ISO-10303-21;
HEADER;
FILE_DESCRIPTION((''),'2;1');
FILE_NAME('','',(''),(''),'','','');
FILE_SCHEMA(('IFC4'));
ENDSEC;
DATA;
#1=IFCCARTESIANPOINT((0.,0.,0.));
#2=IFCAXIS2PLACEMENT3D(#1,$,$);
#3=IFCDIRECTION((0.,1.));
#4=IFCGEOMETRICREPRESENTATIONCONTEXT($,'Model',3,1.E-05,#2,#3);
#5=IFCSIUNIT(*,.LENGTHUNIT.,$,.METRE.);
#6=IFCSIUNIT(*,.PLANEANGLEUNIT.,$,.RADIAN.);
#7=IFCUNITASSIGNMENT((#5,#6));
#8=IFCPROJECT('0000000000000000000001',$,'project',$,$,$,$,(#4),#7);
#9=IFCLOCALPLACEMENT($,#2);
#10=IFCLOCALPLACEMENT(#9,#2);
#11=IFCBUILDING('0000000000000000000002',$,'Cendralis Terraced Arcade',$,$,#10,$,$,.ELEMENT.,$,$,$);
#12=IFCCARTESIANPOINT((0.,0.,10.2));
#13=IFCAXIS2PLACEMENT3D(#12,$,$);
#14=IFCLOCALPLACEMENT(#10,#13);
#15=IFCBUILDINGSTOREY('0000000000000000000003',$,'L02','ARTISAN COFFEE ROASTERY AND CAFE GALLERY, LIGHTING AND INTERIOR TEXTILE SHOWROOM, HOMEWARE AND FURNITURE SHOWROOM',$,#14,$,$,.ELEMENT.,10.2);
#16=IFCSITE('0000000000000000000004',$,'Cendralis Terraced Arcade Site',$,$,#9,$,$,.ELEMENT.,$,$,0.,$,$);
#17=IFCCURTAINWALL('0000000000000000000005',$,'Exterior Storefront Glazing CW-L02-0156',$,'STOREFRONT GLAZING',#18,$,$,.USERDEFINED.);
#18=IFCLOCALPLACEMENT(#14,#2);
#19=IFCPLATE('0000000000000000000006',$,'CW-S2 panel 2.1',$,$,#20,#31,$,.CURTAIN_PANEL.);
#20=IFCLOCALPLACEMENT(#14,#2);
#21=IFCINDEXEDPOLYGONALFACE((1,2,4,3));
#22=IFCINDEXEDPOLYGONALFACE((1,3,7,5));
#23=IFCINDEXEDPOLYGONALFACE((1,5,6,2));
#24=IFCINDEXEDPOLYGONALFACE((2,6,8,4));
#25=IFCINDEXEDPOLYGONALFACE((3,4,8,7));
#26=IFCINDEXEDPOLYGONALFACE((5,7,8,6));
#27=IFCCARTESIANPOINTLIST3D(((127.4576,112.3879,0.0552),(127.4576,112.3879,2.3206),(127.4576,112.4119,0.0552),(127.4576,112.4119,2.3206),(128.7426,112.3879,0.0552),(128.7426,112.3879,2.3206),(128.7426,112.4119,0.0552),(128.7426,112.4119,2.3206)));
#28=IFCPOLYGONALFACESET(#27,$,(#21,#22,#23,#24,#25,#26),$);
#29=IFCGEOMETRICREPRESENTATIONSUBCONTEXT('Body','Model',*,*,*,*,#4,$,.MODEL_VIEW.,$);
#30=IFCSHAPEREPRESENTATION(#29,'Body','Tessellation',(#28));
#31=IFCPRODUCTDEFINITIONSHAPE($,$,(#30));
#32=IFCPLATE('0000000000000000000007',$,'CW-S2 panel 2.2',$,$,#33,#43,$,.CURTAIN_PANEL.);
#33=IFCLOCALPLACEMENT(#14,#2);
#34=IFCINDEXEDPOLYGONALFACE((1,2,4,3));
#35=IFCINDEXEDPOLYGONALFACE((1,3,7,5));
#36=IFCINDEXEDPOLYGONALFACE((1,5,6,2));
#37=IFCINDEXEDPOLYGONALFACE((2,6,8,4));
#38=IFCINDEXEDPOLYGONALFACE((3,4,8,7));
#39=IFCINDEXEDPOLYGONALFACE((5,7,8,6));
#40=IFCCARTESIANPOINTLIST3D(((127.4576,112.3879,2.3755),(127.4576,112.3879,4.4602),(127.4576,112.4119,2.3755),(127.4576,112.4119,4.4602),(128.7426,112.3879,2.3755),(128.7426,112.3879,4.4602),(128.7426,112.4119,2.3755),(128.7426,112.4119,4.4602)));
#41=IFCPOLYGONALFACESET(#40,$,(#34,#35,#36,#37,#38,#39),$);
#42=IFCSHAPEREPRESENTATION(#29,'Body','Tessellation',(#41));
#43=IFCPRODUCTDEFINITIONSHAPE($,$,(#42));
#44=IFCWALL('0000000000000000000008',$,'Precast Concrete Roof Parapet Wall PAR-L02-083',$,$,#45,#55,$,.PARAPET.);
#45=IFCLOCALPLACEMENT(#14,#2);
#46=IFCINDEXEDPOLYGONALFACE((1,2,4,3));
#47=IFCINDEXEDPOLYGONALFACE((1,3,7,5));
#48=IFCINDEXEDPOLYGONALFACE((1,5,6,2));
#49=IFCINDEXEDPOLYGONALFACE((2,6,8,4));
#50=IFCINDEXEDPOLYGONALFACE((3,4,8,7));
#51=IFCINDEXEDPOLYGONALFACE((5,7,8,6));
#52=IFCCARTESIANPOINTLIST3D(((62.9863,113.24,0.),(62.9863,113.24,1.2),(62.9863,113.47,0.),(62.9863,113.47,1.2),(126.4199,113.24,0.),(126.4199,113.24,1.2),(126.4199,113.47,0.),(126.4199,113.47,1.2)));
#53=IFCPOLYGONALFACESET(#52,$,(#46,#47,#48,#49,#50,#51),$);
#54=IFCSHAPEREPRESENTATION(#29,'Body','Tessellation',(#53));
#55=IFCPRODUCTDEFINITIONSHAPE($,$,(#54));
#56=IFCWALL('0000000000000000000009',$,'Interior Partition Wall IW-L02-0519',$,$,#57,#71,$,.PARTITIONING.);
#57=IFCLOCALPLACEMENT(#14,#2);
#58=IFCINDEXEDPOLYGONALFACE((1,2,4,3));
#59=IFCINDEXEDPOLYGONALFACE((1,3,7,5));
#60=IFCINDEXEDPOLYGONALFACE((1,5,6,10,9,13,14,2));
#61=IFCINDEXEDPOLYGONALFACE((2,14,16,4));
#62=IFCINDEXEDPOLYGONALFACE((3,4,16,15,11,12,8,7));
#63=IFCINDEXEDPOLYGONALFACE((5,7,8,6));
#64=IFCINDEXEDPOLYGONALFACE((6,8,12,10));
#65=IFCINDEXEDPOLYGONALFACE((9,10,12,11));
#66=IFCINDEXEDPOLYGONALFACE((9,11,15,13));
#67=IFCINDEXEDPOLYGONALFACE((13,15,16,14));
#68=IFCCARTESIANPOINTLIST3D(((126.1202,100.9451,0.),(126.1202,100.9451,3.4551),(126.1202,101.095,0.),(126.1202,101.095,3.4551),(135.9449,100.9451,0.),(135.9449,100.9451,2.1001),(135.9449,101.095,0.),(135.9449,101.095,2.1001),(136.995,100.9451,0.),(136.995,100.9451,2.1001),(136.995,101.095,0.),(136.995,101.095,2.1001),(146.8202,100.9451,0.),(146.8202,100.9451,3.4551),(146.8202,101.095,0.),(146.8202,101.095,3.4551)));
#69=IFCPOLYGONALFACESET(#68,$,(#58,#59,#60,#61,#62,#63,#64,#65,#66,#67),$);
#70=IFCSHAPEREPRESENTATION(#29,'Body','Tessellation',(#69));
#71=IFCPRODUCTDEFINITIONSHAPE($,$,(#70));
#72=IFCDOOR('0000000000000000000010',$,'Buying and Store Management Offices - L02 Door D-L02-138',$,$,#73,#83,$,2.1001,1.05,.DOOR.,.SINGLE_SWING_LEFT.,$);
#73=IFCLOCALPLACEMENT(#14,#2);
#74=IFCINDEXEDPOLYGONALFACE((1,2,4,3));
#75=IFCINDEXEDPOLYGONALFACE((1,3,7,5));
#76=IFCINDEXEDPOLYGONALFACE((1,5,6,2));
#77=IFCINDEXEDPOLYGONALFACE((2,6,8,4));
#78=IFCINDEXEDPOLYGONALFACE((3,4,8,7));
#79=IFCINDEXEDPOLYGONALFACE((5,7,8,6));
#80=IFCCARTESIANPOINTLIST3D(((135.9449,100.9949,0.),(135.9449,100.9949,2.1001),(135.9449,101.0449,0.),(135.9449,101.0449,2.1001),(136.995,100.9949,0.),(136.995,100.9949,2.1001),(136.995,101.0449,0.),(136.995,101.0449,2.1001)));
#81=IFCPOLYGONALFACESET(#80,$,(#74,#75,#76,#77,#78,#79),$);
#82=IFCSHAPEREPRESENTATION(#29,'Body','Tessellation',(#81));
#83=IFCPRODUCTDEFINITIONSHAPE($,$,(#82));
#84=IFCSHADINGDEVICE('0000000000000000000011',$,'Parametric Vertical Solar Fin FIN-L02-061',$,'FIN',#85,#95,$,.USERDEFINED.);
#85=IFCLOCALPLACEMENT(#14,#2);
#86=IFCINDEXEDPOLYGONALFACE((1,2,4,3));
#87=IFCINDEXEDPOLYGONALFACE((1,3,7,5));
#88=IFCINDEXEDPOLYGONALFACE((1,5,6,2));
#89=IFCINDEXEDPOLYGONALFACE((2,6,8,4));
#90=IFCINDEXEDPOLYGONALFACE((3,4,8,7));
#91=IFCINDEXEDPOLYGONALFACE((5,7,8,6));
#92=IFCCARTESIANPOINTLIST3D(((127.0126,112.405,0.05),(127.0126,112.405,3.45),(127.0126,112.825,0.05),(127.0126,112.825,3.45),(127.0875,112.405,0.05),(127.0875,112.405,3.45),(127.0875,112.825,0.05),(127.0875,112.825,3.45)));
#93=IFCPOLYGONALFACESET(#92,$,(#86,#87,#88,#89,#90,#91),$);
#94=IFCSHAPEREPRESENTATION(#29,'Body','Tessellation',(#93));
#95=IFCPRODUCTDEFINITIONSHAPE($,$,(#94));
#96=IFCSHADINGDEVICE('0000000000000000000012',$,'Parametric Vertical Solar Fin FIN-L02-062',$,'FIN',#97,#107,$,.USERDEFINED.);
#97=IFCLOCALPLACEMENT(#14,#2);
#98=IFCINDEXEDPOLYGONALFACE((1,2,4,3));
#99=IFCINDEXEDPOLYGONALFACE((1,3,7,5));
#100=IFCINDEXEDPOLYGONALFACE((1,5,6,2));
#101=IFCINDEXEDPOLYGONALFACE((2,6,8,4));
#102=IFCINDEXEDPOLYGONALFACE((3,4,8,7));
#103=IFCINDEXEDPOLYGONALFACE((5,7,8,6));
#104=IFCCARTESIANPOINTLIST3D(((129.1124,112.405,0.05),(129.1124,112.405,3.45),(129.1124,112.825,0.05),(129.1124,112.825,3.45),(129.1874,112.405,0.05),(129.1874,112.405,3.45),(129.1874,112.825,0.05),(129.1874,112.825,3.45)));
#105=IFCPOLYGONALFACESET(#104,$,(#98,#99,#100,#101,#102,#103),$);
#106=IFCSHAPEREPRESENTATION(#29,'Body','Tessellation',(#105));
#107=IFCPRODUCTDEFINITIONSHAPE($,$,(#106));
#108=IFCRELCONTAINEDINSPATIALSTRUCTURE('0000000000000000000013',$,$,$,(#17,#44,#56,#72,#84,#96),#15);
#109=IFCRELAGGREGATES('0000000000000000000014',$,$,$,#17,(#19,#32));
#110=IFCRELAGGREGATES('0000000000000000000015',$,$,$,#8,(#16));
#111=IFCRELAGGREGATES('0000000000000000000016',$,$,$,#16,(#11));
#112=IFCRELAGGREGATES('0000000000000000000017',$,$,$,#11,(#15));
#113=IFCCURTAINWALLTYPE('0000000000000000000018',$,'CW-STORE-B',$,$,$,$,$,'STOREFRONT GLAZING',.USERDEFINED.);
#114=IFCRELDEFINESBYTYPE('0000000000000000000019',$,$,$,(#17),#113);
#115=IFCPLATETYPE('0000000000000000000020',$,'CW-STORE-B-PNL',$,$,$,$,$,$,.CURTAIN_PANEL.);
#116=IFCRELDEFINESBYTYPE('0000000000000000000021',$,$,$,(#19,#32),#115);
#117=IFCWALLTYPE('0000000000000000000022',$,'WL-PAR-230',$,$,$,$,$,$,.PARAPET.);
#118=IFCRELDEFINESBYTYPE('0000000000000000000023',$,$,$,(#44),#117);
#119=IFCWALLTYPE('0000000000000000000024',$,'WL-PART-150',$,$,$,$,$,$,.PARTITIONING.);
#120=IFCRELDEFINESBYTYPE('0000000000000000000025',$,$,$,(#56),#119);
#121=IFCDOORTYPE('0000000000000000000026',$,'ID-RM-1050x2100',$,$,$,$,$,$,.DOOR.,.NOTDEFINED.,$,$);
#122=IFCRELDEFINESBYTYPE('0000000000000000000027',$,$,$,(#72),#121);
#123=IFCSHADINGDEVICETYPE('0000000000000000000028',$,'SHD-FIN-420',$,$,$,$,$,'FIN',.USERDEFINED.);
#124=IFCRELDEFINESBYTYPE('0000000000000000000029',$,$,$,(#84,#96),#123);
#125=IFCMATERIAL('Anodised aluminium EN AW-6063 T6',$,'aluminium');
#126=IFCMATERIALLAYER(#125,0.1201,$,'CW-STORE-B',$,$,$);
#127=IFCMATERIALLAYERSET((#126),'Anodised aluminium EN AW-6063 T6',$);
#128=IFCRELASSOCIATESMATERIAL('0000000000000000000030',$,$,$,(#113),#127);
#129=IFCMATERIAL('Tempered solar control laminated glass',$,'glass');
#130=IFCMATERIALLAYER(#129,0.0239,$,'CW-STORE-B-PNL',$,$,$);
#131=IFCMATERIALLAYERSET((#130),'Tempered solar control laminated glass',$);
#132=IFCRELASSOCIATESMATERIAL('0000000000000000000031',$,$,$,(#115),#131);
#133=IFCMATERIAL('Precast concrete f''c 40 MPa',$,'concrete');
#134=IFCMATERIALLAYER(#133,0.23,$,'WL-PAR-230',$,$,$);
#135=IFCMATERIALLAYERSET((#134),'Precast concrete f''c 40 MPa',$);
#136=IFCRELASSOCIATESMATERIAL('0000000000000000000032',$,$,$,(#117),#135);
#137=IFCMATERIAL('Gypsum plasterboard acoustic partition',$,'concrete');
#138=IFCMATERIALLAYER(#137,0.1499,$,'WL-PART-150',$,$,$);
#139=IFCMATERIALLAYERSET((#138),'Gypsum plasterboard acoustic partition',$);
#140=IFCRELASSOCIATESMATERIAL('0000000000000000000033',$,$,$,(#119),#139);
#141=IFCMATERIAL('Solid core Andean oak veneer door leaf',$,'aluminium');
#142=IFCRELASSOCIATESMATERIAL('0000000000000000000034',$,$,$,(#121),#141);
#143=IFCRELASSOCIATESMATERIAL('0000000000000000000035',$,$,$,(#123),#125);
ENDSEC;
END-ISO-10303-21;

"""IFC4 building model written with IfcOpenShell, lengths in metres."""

from ifc_helpers import new_model, si_unit, direction, frame, frame_2d, origin, origin_2d, place, context, subcontext, project, spatial, rectangle, extrude, material, layer, layer_set, type_object, element, fill, aggregate, save


model = new_model("IFC4")

# Units and contexts
model_context = context("Model", 3, precision=1e-05, world=origin(), true_north=direction((0.0, 1.0)))
body_context = subcontext(model_context, "Body", "Model", "MODEL_VIEW")
ifc_project = project(units=[si_unit("LENGTHUNIT", "METRE"), si_unit("PLANEANGLEUNIT", "RADIAN")], contexts=[model_context])

# Site, building, storey
site_placement = place(None, origin())
site = spatial("IfcSite", under=ifc_project, at=site_placement, Name="Cendralis Terraced Arcade Site", CompositionType="ELEMENT", RefElevation=0.0)
building_placement = place(site_placement, origin())
building = spatial("IfcBuilding", under=site, at=building_placement, Name="Cendralis Terraced Arcade", CompositionType="ELEMENT")
storey_placement = place(building_placement, frame((0.0, 0.0, 10.2)))
storey = spatial("IfcBuildingStorey", under=building, at=storey_placement, Name="L02", Description="ARTISAN COFFEE ROASTERY AND CAFE GALLERY, LIGHTING AND INTERIOR TEXTILE SHOWROOM, HOMEWARE AND FURNITURE SHOWROOM", CompositionType="ELEMENT", Elevation=10.2)

# Curtain wall, plates
ifc_material_1 = material(Name="Anodised aluminium EN AW-6063 T6", Category="aluminium")
ifc_layer_1 = layer(ifc_material_1, 0.1201, Name="CW-STORE-B")
ifc_layer_set_1 = layer_set([ifc_layer_1], Name="Anodised aluminium EN AW-6063 T6")
curtain_wall_type = type_object("IfcCurtainWallType", Name="CW-STORE-B", ElementType="STOREFRONT GLAZING", PredefinedType="USERDEFINED", material=ifc_layer_set_1)
curtain_wall_placement = place(storey_placement, origin())
curtain_wall = element("IfcCurtainWall", 1, at=curtain_wall_placement, inside=storey, type_object=curtain_wall_type, Name="Exterior Storefront Glazing CW-L02-0156", ObjectType="STOREFRONT GLAZING", PredefinedType="USERDEFINED")
ifc_material_2 = material(Name="Tempered solar control laminated glass", Category="glass")
ifc_layer_2 = layer(ifc_material_2, 0.0239, Name="CW-STORE-B-PNL")
ifc_layer_set_2 = layer_set([ifc_layer_2], Name="Tempered solar control laminated glass")
plate_type = type_object("IfcPlateType", Name="CW-STORE-B-PNL", PredefinedType="CURTAIN_PANEL", material=ifc_layer_set_2)
plate_1_placement = place(storey_placement, frame((128.1001, 112.3999, 0.0552), z_axis=(0.0, 0.0, 1.0), x_axis=(1.0, 0.0, 0.0)))
plate_1 = element("IfcPlate", 2, at=plate_1_placement, type_object=plate_type, Name="CW-S2 panel 2.1", PredefinedType="CURTAIN_PANEL", context=body_context, shape_type="SweptSolid", body=[
    extrude(rectangle(XDim=1.2849, YDim=0.0239, at=origin_2d()), origin(), (0.0, 0.0, 1.0), 2.2654),
])
plate_2_placement = place(storey_placement, frame((128.1001, 112.3999, 2.3755), z_axis=(0.0, 0.0, 1.0), x_axis=(1.0, 0.0, 0.0)))
plate_2 = element("IfcPlate", 3, at=plate_2_placement, type_object=plate_type, Name="CW-S2 panel 2.2", PredefinedType="CURTAIN_PANEL", context=body_context, shape_type="SweptSolid", body=[
    extrude(rectangle(XDim=1.2849, YDim=0.0239, at=origin_2d()), origin(), (0.0, 0.0, 1.0), 2.0847),
])
aggregate(curtain_wall, [plate_1, plate_2])

# Wall
ifc_material_3 = material(Name="Precast concrete f'c 40 MPa", Category="concrete")
ifc_layer_3 = layer(ifc_material_3, 0.23, Name="WL-PAR-230")
ifc_layer_set_3 = layer_set([ifc_layer_3], Name="Precast concrete f'c 40 MPa")
wall_type_1 = type_object("IfcWallType", Name="WL-PAR-230", PredefinedType="PARAPET", material=ifc_layer_set_3)
wall_1_placement = place(storey_placement, frame((126.4199, 113.355, 0.0), z_axis=(0.0, 0.0, 1.0), x_axis=(-1.0, 0.0, 0.0)))
element("IfcWall", 4, at=wall_1_placement, inside=storey, type_object=wall_type_1, Name="Precast Concrete Roof Parapet Wall PAR-L02-083", PredefinedType="PARAPET", context=body_context, shape_type="SweptSolid", body=[
    extrude(rectangle(XDim=63.4336, YDim=0.23, at=frame_2d((31.7168, 0.0))), origin(), (0.0, 0.0, 1.0), 1.2),
])

# Wall, opening, door
ifc_material_4 = material(Name="Gypsum plasterboard acoustic partition", Category="concrete")
ifc_layer_4 = layer(ifc_material_4, 0.1499, Name="WL-PART-150")
ifc_layer_set_4 = layer_set([ifc_layer_4], Name="Gypsum plasterboard acoustic partition")
wall_type_2 = type_object("IfcWallType", Name="WL-PART-150", PredefinedType="PARTITIONING", material=ifc_layer_set_4)
wall_2_placement = place(storey_placement, frame((126.1201, 101.02, 0.0), z_axis=(0.0, 0.0, 1.0), x_axis=(1.0, 0.0, 0.0)))
wall_2 = element("IfcWall", 5, at=wall_2_placement, inside=storey, type_object=wall_type_2, Name="Interior Partition Wall IW-L02-0519", PredefinedType="PARTITIONING", context=body_context, shape_type="SweptSolid", body=[
    extrude(rectangle(XDim=20.7, YDim=0.1499, at=frame_2d((10.3501, 0.0))), origin(), (0.0, 0.0, 1.0), 3.4551),
])
opening_placement = place(wall_2_placement, frame((9.825, 0.0, 0.0)))
opening = element("IfcOpeningElement", 6, at=opening_placement, cuts=wall_2, PredefinedType="OPENING", context=body_context, shape_type="SweptSolid", body=[
    extrude(rectangle(XDim=1.05, YDim=2.1001, at=frame_2d((0.5249, 1.05))), frame((0.0, 0.0869, 0.0), z_axis=(0.0, -1.0, 0.0), x_axis=(1.0, 0.0, 0.0)), (0.0, 0.0, 1.0), 0.1738),
])
ifc_material_5 = material(Name="Solid core Andean oak veneer door leaf", Category="aluminium")
door_type = type_object("IfcDoorType", Name="ID-RM-1050x2100", OperationType="NOTDEFINED", PredefinedType="DOOR", material=ifc_material_5)
door_placement = place(opening_placement, origin())
door = element("IfcDoor", 7, at=door_placement, inside=storey, type_object=door_type, Name="Buying and Store Management Offices - L02 Door D-L02-138", OperationType="SINGLE_SWING_LEFT", OverallHeight=2.1001, OverallWidth=1.05, PredefinedType="DOOR", context=body_context, shape_type="SweptSolid", body=[
    extrude(rectangle(XDim=1.05, YDim=2.1001, at=frame_2d((0.5249, 1.05))), frame((0.0, 0.0249, 0.0), z_axis=(0.0, -1.0, 0.0), x_axis=(1.0, 0.0, 0.0)), (0.0, 0.0, 1.0), 0.05),
])
fill(opening, door)

# Shading devices
shading_device_type = type_object("IfcShadingDeviceType", Name="SHD-FIN-420", ElementType="FIN", PredefinedType="USERDEFINED", material=ifc_material_1)
for number, where, z_axis, x_axis, name in (
    (8, (127.05, 112.615, 0.05), (0.0, 0.0, 1.0), (1.0, 0.0, 0.0), "Parametric Vertical Solar Fin FIN-L02-061"),
    (9, (129.1499, 112.615, 0.05), (0.0, 0.0, 1.0), (1.0, 0.0, 0.0), "Parametric Vertical Solar Fin FIN-L02-062"),
):
    element("IfcShadingDevice", number, at=place(storey_placement, frame(where, z_axis=z_axis, x_axis=x_axis)), inside=storey, type_object=shading_device_type, Name=name, ObjectType="FIN", PredefinedType="USERDEFINED", context=body_context, shape_type="SweptSolid", body=[
        extrude(rectangle(XDim=0.075, YDim=0.4199, at=origin_2d()), origin(), (0.0, 0.0, 1.0), 3.3999),
    ])

save(model, "model.ifc")
